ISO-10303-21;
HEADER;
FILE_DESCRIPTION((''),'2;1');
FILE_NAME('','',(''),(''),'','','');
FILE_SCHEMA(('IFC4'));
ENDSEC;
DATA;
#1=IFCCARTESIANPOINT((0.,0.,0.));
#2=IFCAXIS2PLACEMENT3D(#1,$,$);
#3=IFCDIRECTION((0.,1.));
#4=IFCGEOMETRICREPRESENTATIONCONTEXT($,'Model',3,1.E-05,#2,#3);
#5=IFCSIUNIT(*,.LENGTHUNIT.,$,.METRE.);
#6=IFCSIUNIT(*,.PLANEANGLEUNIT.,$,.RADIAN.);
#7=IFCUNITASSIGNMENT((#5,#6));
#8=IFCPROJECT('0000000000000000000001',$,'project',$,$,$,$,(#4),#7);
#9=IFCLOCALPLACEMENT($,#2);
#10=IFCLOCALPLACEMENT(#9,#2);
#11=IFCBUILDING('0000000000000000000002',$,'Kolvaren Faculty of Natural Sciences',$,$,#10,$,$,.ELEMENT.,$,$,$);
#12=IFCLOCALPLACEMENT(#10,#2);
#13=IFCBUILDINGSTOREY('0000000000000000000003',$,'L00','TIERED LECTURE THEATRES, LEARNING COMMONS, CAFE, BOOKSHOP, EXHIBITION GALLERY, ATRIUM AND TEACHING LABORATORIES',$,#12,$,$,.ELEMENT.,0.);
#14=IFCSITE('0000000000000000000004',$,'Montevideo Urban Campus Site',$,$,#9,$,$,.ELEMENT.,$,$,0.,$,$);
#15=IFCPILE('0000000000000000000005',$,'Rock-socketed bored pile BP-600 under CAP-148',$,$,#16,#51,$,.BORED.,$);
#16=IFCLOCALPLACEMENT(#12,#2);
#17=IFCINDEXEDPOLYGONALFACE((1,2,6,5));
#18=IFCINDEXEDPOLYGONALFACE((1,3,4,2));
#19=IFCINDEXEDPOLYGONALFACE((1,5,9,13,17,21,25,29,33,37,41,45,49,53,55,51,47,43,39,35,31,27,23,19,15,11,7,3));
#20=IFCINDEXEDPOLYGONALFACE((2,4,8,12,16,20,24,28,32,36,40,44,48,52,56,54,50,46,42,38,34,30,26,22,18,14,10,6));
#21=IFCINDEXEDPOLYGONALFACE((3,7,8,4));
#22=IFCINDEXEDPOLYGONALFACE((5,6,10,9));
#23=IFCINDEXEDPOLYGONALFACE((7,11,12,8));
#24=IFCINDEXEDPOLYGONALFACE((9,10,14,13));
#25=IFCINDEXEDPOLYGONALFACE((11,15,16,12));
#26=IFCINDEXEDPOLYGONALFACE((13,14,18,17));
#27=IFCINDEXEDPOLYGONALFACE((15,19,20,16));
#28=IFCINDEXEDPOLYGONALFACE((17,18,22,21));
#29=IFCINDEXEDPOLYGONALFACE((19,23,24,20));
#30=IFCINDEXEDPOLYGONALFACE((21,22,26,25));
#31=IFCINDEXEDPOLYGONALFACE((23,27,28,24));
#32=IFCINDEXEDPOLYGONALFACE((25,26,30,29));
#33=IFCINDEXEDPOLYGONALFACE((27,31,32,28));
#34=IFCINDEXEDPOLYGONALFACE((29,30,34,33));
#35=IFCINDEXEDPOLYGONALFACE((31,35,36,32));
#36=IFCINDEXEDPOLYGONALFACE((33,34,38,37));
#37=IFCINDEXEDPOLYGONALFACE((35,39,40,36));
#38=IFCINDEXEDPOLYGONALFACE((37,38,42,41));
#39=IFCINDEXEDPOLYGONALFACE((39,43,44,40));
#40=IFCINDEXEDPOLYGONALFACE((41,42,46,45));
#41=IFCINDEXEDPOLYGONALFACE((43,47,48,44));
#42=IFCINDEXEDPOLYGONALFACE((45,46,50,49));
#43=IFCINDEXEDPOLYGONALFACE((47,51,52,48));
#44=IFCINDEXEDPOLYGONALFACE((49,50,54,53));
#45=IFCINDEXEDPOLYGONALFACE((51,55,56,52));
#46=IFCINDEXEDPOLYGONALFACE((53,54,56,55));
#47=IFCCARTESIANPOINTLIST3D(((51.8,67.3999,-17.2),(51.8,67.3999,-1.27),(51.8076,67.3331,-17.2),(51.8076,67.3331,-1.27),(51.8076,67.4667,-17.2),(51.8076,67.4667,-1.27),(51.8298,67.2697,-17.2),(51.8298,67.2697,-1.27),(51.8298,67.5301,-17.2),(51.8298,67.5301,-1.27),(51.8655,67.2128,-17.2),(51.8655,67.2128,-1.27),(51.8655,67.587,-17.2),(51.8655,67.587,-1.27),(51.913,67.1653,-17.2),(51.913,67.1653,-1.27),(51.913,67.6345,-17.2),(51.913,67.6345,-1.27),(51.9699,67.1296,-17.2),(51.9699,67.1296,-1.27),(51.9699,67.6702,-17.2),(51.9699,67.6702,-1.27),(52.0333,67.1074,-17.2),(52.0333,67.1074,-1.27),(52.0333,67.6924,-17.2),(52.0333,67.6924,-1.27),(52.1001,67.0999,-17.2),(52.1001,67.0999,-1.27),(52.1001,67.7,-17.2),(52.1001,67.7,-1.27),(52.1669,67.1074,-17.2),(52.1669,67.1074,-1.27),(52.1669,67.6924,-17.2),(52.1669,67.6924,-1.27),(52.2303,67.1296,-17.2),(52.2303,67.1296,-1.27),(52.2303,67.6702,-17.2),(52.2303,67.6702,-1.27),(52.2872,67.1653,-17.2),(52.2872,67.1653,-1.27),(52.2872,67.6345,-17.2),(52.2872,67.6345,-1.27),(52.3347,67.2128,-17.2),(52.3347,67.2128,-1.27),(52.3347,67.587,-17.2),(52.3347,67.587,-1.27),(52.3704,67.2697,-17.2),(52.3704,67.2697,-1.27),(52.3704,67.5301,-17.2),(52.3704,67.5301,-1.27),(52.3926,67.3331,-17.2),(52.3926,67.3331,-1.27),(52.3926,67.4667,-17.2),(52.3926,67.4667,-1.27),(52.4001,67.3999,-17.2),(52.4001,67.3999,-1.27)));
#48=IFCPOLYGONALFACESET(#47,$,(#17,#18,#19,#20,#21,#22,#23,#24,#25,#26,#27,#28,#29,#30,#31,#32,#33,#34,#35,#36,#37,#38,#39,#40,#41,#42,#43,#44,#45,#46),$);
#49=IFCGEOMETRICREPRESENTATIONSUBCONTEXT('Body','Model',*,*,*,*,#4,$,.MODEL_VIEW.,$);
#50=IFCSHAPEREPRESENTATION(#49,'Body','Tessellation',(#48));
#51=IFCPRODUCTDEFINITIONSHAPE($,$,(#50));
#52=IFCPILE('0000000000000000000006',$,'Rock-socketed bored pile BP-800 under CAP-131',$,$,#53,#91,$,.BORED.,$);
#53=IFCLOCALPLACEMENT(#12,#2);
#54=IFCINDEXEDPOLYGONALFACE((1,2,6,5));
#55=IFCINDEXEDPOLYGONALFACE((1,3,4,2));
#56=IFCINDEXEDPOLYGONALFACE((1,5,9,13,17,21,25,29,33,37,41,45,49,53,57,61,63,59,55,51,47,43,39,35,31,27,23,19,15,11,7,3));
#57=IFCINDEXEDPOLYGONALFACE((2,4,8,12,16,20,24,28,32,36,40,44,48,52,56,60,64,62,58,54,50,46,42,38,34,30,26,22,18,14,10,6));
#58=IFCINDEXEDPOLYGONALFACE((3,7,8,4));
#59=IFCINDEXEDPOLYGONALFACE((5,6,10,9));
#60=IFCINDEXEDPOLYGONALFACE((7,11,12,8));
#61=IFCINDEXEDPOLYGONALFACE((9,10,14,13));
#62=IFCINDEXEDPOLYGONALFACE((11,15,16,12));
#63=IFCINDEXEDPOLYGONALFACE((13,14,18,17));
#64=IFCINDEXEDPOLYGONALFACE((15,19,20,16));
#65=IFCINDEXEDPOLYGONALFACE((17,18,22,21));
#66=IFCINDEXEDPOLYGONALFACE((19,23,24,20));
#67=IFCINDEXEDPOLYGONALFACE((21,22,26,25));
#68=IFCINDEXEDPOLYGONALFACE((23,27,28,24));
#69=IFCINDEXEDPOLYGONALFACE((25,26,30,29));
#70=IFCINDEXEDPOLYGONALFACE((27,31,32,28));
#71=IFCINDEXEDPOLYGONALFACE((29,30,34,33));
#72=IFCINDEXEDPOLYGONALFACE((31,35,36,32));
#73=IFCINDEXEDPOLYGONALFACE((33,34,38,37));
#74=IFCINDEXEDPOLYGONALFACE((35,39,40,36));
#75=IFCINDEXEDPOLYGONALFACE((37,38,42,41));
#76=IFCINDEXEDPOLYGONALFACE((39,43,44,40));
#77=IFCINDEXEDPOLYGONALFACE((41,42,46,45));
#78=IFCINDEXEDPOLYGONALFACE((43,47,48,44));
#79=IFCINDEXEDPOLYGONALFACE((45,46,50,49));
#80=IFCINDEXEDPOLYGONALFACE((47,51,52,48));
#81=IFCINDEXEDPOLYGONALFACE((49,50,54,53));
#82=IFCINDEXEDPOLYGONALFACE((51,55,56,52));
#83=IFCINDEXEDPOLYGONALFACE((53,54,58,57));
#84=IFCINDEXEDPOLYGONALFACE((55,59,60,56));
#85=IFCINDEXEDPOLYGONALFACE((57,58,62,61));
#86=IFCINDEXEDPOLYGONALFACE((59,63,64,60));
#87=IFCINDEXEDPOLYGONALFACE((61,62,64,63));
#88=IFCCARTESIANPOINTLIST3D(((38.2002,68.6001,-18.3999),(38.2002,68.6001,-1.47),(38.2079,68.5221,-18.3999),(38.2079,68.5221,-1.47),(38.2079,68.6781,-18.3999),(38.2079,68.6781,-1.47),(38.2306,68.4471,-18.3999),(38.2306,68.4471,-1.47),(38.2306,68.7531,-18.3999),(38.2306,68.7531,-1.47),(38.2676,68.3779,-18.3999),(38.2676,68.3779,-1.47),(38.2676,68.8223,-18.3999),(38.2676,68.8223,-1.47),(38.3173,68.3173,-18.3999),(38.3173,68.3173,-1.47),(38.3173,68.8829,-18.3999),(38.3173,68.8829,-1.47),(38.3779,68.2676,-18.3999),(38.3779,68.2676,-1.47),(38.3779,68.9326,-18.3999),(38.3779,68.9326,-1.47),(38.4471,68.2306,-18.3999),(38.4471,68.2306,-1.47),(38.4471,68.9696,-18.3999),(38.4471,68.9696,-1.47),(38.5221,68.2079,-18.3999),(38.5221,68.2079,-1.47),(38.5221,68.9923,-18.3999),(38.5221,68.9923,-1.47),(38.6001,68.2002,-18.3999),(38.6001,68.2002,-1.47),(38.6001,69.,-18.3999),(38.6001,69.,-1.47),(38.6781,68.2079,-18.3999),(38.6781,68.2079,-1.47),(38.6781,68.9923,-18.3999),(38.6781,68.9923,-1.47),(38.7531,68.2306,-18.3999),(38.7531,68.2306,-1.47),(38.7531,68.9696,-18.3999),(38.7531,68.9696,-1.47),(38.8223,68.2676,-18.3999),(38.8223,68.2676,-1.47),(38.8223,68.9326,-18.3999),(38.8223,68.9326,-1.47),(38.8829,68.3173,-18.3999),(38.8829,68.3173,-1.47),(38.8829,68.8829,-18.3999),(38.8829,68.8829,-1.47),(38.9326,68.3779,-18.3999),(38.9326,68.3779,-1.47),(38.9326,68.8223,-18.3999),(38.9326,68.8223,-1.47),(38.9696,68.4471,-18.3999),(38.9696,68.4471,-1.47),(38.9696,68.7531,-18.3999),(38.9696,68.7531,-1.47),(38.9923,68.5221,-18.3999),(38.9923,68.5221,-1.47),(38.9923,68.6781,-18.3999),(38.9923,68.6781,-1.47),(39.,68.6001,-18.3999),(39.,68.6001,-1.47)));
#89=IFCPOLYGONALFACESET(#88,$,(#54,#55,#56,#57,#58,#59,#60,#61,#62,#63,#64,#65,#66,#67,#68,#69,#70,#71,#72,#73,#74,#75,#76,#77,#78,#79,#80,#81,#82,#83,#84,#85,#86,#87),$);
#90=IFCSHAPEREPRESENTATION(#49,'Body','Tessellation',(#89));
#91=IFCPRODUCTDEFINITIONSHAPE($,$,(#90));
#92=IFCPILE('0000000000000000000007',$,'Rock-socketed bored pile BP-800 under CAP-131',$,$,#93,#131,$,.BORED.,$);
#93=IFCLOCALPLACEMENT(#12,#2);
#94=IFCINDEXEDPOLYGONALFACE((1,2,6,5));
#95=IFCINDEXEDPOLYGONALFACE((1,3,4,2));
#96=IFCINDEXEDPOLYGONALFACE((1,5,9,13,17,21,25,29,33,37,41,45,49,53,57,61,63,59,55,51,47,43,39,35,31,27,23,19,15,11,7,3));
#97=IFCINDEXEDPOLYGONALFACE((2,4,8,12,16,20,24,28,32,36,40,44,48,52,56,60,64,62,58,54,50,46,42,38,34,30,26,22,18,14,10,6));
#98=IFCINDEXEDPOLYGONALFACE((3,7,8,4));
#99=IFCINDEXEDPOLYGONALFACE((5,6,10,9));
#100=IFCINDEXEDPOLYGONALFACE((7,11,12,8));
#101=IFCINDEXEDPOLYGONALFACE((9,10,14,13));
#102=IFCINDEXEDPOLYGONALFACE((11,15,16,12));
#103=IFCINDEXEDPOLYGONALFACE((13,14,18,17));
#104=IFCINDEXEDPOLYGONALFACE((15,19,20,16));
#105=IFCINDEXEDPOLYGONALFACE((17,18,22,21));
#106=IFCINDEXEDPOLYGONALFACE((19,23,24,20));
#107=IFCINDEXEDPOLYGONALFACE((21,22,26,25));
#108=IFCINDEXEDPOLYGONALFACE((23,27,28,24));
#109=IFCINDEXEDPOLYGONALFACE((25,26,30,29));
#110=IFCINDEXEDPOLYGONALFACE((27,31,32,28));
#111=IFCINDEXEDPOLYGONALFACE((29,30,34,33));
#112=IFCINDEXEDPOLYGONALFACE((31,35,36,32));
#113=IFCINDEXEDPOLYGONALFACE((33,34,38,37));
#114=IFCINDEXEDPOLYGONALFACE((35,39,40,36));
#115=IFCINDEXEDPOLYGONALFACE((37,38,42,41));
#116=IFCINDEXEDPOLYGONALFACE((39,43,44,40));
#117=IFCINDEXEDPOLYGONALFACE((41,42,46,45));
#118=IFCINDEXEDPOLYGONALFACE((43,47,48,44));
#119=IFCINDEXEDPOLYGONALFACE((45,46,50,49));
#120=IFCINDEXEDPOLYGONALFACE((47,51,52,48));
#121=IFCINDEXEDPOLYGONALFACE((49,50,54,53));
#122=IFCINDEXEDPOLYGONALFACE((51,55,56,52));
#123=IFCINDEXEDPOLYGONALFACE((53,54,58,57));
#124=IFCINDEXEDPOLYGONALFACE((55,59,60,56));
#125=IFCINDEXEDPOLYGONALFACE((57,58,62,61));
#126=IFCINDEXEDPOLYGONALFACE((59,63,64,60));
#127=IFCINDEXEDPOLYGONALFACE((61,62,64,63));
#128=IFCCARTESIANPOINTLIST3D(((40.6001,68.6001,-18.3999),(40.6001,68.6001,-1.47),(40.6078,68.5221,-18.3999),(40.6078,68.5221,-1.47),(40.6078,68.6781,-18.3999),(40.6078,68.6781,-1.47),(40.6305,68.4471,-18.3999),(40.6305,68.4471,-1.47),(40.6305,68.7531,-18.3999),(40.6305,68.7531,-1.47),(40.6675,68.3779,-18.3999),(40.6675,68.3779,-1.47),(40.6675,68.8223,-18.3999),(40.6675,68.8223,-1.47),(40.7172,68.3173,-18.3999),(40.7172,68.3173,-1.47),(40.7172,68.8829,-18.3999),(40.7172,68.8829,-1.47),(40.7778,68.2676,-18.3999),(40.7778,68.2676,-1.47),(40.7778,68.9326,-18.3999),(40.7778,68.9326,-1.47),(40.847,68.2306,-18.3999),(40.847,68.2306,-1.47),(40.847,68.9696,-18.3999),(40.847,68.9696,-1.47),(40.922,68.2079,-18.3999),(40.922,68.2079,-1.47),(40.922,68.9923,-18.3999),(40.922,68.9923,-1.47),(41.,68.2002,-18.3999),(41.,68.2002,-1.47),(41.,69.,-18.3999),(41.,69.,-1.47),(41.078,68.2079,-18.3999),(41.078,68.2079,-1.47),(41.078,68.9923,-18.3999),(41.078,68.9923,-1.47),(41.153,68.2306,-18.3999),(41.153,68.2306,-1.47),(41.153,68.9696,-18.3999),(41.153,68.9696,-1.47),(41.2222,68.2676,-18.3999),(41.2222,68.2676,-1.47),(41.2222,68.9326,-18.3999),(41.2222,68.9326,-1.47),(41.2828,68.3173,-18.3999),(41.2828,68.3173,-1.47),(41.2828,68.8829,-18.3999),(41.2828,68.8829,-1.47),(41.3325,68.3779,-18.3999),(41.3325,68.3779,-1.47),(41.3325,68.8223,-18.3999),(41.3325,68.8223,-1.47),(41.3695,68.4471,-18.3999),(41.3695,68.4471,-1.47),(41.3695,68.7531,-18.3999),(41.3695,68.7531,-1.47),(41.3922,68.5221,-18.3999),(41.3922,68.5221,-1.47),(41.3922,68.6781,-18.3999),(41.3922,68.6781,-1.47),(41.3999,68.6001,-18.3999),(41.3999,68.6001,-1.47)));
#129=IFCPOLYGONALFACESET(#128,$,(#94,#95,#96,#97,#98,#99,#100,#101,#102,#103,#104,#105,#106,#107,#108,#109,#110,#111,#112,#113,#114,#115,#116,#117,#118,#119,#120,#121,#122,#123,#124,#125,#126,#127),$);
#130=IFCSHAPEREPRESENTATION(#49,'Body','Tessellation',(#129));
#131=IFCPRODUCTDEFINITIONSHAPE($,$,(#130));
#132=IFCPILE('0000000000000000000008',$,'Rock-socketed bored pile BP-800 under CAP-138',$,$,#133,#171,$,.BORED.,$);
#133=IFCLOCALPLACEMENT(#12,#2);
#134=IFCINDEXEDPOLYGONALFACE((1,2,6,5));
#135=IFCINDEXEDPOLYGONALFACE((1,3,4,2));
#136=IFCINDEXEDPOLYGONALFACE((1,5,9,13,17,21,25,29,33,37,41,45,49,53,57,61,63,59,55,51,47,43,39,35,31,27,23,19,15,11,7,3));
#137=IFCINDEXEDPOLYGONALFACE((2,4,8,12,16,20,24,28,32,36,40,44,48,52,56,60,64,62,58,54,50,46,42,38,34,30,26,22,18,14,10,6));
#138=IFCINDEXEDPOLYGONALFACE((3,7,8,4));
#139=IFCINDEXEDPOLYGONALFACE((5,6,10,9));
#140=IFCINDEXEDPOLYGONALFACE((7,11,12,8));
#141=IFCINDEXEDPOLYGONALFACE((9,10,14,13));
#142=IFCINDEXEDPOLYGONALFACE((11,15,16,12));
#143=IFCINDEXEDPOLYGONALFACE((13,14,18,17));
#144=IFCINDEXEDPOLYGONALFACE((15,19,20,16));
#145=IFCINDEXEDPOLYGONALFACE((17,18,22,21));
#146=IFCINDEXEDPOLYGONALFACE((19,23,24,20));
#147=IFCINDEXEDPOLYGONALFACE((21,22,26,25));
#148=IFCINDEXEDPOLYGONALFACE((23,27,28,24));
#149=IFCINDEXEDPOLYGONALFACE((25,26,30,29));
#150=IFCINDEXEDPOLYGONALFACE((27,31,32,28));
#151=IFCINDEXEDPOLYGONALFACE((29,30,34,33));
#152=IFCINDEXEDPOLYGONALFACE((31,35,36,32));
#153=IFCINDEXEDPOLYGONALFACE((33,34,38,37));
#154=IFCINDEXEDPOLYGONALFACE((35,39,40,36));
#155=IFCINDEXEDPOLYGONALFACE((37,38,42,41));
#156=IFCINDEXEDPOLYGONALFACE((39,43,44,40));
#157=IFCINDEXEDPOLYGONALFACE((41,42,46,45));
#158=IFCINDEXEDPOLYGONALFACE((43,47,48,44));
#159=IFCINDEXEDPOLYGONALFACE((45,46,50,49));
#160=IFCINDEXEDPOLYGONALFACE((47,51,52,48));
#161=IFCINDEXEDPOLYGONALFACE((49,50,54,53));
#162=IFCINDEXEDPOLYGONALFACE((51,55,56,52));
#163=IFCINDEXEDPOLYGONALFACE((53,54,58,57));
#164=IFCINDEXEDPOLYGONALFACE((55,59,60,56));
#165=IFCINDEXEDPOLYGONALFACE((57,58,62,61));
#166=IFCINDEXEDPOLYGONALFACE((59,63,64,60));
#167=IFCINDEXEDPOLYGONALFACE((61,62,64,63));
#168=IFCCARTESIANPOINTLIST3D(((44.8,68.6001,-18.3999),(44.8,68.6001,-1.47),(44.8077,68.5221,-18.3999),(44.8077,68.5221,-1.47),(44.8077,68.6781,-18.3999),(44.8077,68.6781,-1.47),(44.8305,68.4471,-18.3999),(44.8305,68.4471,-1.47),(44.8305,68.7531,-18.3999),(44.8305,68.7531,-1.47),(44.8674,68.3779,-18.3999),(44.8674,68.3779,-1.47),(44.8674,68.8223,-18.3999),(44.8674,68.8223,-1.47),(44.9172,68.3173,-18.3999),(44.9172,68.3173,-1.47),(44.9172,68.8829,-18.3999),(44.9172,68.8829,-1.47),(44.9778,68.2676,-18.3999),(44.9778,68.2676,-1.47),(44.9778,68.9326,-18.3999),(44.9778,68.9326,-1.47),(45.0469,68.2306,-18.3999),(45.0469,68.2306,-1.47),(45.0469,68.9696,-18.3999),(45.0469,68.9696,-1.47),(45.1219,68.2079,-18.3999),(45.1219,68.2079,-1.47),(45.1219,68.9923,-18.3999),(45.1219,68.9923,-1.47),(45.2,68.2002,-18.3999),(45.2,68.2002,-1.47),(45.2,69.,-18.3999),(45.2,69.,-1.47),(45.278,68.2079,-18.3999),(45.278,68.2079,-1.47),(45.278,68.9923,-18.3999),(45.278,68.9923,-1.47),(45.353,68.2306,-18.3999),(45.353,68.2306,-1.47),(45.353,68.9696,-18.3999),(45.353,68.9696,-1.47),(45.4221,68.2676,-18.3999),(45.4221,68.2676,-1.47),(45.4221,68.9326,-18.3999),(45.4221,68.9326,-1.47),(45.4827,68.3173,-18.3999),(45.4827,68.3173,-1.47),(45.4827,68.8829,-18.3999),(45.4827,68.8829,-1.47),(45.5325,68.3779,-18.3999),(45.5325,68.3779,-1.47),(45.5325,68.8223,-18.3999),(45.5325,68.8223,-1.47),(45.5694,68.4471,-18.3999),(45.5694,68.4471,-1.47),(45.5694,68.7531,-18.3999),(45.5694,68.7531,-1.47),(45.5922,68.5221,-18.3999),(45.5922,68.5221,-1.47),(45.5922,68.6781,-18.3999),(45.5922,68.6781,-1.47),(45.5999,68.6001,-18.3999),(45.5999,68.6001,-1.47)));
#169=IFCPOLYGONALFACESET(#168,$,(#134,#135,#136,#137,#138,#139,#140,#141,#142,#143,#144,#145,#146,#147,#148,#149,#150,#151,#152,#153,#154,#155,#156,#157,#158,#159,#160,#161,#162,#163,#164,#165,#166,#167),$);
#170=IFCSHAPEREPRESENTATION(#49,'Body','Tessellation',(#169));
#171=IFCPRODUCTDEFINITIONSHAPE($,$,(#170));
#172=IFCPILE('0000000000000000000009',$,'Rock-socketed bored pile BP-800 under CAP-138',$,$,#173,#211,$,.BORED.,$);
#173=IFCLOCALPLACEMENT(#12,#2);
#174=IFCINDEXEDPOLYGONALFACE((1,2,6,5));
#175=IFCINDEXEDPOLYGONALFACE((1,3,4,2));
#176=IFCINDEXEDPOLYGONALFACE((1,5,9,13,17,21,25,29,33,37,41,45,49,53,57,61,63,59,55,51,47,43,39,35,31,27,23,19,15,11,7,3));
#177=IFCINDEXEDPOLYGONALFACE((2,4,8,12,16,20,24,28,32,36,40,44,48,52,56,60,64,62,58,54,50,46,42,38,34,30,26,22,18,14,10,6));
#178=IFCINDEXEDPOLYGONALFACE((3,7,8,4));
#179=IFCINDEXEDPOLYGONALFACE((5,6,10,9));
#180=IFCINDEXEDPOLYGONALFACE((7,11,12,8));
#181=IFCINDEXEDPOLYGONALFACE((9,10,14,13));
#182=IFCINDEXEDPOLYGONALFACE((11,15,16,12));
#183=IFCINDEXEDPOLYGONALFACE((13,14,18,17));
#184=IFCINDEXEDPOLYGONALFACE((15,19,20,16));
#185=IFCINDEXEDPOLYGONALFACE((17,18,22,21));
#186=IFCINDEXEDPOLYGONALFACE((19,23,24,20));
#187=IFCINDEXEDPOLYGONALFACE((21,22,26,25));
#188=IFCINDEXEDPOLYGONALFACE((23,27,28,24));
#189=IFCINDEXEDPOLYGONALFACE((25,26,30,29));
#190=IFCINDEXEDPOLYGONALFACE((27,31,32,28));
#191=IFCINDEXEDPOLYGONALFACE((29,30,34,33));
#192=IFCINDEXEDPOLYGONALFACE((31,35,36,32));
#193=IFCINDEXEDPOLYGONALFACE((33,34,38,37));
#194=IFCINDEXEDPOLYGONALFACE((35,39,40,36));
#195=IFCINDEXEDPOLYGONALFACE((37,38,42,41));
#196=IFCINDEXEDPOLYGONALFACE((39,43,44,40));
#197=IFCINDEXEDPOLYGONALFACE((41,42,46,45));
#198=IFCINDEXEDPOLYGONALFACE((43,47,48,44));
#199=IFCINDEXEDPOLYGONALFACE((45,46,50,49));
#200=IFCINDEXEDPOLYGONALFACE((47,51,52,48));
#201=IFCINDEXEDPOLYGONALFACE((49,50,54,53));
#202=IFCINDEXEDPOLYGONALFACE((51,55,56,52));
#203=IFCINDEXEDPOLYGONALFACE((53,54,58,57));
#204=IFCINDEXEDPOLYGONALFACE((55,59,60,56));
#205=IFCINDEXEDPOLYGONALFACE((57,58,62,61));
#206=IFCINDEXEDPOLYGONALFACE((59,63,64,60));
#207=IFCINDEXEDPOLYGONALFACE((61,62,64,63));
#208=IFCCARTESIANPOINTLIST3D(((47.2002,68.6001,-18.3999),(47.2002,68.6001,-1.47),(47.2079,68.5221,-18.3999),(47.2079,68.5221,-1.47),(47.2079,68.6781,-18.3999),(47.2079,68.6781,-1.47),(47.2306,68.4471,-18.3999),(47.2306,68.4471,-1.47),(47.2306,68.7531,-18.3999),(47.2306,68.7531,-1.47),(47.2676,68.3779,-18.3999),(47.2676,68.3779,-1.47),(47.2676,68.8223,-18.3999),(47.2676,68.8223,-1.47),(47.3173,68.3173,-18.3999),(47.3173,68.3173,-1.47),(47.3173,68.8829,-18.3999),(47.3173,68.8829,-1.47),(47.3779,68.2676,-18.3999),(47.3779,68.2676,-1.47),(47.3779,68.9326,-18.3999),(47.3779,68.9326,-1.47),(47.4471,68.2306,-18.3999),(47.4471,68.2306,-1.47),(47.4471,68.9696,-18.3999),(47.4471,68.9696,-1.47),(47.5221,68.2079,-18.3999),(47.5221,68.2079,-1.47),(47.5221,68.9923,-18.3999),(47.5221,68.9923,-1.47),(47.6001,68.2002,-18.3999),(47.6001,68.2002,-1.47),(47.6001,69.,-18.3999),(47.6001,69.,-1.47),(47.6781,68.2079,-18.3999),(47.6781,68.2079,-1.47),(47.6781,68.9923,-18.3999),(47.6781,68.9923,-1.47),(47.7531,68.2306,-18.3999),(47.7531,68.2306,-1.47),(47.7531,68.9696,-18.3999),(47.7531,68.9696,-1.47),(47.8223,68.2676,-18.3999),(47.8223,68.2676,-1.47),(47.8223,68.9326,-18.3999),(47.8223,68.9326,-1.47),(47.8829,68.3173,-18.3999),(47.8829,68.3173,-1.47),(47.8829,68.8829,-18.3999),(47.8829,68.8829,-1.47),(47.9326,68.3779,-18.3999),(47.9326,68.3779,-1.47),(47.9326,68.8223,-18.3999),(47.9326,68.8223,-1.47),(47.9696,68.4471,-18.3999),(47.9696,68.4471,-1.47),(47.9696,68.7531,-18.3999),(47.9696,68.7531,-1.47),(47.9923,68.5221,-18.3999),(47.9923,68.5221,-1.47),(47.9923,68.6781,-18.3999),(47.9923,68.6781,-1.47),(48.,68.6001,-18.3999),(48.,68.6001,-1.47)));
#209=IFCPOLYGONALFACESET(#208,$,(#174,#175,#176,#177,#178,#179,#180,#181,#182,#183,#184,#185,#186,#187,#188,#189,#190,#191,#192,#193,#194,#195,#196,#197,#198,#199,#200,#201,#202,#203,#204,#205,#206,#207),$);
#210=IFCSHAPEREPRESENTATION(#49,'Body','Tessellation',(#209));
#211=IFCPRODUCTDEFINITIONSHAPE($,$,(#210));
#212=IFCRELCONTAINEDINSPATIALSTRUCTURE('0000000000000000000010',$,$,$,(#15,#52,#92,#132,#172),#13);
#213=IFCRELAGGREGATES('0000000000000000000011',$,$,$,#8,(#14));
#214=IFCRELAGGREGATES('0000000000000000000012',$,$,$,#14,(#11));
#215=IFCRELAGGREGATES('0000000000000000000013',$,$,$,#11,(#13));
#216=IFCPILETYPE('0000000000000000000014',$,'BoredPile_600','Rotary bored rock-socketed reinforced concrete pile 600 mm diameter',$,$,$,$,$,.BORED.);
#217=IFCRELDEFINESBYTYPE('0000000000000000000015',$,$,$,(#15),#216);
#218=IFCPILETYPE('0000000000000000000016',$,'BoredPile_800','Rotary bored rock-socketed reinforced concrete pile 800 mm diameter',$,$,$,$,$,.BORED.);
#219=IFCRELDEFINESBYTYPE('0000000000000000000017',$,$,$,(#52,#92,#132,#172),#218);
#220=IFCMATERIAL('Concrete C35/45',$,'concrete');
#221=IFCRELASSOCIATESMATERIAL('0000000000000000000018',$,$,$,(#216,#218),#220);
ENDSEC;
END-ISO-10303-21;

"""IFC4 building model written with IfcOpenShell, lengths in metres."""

from ifc_helpers import new_model, si_unit, direction, frame, origin, origin_2d, place, context, subcontext, project, spatial, circle, extrude, material, material_profile, profile_set, type_object, element, save


model = new_model("IFC4")

# Units and contexts
model_context = context("Model", 3, precision=1e-05, world=origin(), true_north=direction((0.0, 1.0)))
body_context = subcontext(model_context, "Body", "Model", "MODEL_VIEW")
ifc_project = project(units=[si_unit("LENGTHUNIT", "METRE"), si_unit("PLANEANGLEUNIT", "RADIAN")], contexts=[model_context])

# Site, building, storey
site_placement = place(None, origin())
site = spatial("IfcSite", under=ifc_project, at=site_placement, Name="Montevideo Urban Campus Site", CompositionType="ELEMENT", RefElevation=0.0)
building_placement = place(site_placement, origin())
building = spatial("IfcBuilding", under=site, at=building_placement, Name="Kolvaren Faculty of Natural Sciences", CompositionType="ELEMENT")
storey_placement = place(building_placement, origin())
storey = spatial("IfcBuildingStorey", under=building, at=storey_placement, Name="L00", Description="TIERED LECTURE THEATRES, LEARNING COMMONS, CAFE, BOOKSHOP, EXHIBITION GALLERY, ATRIUM AND TEACHING LABORATORIES", CompositionType="ELEMENT", Elevation=0.0)

# Piles
ifc_material_1 = material(Name="Concrete C35/45", Category="concrete")
ifc_material_profile_1 = material_profile(ifc_material_1, circle(Radius=0.3, at=origin_2d()), Name="PILE D600")
ifc_profile_set_1 = profile_set([ifc_material_profile_1], Name="Concrete C35/45")
pile_type_1 = type_object("IfcPileType", Name="BoredPile_600", Description="Rotary bored rock-socketed reinforced concrete pile 600 mm diameter", PredefinedType="BORED", material=ifc_profile_set_1)
pile_placement = place(storey_placement, frame((52.1001, 67.3999, -1.27), z_axis=(0.0, 0.0, -1.0), x_axis=(1.0, 0.0, 0.0)))
element("IfcPile", 1, at=pile_placement, inside=storey, type_object=pile_type_1, Name="Rock-socketed bored pile BP-600 under CAP-148", PredefinedType="BORED", context=body_context, shape_type="SweptSolid", body=[
    extrude(circle(Radius=0.3, at=origin_2d()), origin(), (0.0, 0.0, 1.0), 15.9299),
])
ifc_material_profile_2 = material_profile(ifc_material_1, circle(Radius=0.3999, at=origin_2d()), Name="PILE D800")
ifc_profile_set_2 = profile_set([ifc_material_profile_2], Name="Concrete C35/45")
pile_type_2 = type_object("IfcPileType", Name="BoredPile_800", Description="Rotary bored rock-socketed reinforced concrete pile 800 mm diameter", PredefinedType="BORED", material=ifc_profile_set_2)
for number, where, z_axis, x_axis, name in (
    (2, (38.6001, 68.6001, -1.47), (0.0, 0.0, -1.0), (1.0, 0.0, 0.0), "Rock-socketed bored pile BP-800 under CAP-131"),
    (3, (41.0, 68.6001, -1.47), (0.0, 0.0, -1.0), (1.0, 0.0, 0.0), "Rock-socketed bored pile BP-800 under CAP-131"),
    (4, (45.2, 68.6001, -1.47), (0.0, 0.0, -1.0), (1.0, 0.0, 0.0), "Rock-socketed bored pile BP-800 under CAP-138"),
    (5, (47.6001, 68.6001, -1.47), (0.0, 0.0, -1.0), (1.0, 0.0, 0.0), "Rock-socketed bored pile BP-800 under CAP-138"),
):
    element("IfcPile", number, at=place(storey_placement, frame(where, z_axis=z_axis, x_axis=x_axis)), inside=storey, type_object=pile_type_2, Name=name, PredefinedType="BORED", context=body_context, shape_type="SweptSolid", body=[
        extrude(circle(Radius=0.3999, at=origin_2d()), origin(), (0.0, 0.0, 1.0), 16.9299),
    ])

save(model, "model.ifc")
